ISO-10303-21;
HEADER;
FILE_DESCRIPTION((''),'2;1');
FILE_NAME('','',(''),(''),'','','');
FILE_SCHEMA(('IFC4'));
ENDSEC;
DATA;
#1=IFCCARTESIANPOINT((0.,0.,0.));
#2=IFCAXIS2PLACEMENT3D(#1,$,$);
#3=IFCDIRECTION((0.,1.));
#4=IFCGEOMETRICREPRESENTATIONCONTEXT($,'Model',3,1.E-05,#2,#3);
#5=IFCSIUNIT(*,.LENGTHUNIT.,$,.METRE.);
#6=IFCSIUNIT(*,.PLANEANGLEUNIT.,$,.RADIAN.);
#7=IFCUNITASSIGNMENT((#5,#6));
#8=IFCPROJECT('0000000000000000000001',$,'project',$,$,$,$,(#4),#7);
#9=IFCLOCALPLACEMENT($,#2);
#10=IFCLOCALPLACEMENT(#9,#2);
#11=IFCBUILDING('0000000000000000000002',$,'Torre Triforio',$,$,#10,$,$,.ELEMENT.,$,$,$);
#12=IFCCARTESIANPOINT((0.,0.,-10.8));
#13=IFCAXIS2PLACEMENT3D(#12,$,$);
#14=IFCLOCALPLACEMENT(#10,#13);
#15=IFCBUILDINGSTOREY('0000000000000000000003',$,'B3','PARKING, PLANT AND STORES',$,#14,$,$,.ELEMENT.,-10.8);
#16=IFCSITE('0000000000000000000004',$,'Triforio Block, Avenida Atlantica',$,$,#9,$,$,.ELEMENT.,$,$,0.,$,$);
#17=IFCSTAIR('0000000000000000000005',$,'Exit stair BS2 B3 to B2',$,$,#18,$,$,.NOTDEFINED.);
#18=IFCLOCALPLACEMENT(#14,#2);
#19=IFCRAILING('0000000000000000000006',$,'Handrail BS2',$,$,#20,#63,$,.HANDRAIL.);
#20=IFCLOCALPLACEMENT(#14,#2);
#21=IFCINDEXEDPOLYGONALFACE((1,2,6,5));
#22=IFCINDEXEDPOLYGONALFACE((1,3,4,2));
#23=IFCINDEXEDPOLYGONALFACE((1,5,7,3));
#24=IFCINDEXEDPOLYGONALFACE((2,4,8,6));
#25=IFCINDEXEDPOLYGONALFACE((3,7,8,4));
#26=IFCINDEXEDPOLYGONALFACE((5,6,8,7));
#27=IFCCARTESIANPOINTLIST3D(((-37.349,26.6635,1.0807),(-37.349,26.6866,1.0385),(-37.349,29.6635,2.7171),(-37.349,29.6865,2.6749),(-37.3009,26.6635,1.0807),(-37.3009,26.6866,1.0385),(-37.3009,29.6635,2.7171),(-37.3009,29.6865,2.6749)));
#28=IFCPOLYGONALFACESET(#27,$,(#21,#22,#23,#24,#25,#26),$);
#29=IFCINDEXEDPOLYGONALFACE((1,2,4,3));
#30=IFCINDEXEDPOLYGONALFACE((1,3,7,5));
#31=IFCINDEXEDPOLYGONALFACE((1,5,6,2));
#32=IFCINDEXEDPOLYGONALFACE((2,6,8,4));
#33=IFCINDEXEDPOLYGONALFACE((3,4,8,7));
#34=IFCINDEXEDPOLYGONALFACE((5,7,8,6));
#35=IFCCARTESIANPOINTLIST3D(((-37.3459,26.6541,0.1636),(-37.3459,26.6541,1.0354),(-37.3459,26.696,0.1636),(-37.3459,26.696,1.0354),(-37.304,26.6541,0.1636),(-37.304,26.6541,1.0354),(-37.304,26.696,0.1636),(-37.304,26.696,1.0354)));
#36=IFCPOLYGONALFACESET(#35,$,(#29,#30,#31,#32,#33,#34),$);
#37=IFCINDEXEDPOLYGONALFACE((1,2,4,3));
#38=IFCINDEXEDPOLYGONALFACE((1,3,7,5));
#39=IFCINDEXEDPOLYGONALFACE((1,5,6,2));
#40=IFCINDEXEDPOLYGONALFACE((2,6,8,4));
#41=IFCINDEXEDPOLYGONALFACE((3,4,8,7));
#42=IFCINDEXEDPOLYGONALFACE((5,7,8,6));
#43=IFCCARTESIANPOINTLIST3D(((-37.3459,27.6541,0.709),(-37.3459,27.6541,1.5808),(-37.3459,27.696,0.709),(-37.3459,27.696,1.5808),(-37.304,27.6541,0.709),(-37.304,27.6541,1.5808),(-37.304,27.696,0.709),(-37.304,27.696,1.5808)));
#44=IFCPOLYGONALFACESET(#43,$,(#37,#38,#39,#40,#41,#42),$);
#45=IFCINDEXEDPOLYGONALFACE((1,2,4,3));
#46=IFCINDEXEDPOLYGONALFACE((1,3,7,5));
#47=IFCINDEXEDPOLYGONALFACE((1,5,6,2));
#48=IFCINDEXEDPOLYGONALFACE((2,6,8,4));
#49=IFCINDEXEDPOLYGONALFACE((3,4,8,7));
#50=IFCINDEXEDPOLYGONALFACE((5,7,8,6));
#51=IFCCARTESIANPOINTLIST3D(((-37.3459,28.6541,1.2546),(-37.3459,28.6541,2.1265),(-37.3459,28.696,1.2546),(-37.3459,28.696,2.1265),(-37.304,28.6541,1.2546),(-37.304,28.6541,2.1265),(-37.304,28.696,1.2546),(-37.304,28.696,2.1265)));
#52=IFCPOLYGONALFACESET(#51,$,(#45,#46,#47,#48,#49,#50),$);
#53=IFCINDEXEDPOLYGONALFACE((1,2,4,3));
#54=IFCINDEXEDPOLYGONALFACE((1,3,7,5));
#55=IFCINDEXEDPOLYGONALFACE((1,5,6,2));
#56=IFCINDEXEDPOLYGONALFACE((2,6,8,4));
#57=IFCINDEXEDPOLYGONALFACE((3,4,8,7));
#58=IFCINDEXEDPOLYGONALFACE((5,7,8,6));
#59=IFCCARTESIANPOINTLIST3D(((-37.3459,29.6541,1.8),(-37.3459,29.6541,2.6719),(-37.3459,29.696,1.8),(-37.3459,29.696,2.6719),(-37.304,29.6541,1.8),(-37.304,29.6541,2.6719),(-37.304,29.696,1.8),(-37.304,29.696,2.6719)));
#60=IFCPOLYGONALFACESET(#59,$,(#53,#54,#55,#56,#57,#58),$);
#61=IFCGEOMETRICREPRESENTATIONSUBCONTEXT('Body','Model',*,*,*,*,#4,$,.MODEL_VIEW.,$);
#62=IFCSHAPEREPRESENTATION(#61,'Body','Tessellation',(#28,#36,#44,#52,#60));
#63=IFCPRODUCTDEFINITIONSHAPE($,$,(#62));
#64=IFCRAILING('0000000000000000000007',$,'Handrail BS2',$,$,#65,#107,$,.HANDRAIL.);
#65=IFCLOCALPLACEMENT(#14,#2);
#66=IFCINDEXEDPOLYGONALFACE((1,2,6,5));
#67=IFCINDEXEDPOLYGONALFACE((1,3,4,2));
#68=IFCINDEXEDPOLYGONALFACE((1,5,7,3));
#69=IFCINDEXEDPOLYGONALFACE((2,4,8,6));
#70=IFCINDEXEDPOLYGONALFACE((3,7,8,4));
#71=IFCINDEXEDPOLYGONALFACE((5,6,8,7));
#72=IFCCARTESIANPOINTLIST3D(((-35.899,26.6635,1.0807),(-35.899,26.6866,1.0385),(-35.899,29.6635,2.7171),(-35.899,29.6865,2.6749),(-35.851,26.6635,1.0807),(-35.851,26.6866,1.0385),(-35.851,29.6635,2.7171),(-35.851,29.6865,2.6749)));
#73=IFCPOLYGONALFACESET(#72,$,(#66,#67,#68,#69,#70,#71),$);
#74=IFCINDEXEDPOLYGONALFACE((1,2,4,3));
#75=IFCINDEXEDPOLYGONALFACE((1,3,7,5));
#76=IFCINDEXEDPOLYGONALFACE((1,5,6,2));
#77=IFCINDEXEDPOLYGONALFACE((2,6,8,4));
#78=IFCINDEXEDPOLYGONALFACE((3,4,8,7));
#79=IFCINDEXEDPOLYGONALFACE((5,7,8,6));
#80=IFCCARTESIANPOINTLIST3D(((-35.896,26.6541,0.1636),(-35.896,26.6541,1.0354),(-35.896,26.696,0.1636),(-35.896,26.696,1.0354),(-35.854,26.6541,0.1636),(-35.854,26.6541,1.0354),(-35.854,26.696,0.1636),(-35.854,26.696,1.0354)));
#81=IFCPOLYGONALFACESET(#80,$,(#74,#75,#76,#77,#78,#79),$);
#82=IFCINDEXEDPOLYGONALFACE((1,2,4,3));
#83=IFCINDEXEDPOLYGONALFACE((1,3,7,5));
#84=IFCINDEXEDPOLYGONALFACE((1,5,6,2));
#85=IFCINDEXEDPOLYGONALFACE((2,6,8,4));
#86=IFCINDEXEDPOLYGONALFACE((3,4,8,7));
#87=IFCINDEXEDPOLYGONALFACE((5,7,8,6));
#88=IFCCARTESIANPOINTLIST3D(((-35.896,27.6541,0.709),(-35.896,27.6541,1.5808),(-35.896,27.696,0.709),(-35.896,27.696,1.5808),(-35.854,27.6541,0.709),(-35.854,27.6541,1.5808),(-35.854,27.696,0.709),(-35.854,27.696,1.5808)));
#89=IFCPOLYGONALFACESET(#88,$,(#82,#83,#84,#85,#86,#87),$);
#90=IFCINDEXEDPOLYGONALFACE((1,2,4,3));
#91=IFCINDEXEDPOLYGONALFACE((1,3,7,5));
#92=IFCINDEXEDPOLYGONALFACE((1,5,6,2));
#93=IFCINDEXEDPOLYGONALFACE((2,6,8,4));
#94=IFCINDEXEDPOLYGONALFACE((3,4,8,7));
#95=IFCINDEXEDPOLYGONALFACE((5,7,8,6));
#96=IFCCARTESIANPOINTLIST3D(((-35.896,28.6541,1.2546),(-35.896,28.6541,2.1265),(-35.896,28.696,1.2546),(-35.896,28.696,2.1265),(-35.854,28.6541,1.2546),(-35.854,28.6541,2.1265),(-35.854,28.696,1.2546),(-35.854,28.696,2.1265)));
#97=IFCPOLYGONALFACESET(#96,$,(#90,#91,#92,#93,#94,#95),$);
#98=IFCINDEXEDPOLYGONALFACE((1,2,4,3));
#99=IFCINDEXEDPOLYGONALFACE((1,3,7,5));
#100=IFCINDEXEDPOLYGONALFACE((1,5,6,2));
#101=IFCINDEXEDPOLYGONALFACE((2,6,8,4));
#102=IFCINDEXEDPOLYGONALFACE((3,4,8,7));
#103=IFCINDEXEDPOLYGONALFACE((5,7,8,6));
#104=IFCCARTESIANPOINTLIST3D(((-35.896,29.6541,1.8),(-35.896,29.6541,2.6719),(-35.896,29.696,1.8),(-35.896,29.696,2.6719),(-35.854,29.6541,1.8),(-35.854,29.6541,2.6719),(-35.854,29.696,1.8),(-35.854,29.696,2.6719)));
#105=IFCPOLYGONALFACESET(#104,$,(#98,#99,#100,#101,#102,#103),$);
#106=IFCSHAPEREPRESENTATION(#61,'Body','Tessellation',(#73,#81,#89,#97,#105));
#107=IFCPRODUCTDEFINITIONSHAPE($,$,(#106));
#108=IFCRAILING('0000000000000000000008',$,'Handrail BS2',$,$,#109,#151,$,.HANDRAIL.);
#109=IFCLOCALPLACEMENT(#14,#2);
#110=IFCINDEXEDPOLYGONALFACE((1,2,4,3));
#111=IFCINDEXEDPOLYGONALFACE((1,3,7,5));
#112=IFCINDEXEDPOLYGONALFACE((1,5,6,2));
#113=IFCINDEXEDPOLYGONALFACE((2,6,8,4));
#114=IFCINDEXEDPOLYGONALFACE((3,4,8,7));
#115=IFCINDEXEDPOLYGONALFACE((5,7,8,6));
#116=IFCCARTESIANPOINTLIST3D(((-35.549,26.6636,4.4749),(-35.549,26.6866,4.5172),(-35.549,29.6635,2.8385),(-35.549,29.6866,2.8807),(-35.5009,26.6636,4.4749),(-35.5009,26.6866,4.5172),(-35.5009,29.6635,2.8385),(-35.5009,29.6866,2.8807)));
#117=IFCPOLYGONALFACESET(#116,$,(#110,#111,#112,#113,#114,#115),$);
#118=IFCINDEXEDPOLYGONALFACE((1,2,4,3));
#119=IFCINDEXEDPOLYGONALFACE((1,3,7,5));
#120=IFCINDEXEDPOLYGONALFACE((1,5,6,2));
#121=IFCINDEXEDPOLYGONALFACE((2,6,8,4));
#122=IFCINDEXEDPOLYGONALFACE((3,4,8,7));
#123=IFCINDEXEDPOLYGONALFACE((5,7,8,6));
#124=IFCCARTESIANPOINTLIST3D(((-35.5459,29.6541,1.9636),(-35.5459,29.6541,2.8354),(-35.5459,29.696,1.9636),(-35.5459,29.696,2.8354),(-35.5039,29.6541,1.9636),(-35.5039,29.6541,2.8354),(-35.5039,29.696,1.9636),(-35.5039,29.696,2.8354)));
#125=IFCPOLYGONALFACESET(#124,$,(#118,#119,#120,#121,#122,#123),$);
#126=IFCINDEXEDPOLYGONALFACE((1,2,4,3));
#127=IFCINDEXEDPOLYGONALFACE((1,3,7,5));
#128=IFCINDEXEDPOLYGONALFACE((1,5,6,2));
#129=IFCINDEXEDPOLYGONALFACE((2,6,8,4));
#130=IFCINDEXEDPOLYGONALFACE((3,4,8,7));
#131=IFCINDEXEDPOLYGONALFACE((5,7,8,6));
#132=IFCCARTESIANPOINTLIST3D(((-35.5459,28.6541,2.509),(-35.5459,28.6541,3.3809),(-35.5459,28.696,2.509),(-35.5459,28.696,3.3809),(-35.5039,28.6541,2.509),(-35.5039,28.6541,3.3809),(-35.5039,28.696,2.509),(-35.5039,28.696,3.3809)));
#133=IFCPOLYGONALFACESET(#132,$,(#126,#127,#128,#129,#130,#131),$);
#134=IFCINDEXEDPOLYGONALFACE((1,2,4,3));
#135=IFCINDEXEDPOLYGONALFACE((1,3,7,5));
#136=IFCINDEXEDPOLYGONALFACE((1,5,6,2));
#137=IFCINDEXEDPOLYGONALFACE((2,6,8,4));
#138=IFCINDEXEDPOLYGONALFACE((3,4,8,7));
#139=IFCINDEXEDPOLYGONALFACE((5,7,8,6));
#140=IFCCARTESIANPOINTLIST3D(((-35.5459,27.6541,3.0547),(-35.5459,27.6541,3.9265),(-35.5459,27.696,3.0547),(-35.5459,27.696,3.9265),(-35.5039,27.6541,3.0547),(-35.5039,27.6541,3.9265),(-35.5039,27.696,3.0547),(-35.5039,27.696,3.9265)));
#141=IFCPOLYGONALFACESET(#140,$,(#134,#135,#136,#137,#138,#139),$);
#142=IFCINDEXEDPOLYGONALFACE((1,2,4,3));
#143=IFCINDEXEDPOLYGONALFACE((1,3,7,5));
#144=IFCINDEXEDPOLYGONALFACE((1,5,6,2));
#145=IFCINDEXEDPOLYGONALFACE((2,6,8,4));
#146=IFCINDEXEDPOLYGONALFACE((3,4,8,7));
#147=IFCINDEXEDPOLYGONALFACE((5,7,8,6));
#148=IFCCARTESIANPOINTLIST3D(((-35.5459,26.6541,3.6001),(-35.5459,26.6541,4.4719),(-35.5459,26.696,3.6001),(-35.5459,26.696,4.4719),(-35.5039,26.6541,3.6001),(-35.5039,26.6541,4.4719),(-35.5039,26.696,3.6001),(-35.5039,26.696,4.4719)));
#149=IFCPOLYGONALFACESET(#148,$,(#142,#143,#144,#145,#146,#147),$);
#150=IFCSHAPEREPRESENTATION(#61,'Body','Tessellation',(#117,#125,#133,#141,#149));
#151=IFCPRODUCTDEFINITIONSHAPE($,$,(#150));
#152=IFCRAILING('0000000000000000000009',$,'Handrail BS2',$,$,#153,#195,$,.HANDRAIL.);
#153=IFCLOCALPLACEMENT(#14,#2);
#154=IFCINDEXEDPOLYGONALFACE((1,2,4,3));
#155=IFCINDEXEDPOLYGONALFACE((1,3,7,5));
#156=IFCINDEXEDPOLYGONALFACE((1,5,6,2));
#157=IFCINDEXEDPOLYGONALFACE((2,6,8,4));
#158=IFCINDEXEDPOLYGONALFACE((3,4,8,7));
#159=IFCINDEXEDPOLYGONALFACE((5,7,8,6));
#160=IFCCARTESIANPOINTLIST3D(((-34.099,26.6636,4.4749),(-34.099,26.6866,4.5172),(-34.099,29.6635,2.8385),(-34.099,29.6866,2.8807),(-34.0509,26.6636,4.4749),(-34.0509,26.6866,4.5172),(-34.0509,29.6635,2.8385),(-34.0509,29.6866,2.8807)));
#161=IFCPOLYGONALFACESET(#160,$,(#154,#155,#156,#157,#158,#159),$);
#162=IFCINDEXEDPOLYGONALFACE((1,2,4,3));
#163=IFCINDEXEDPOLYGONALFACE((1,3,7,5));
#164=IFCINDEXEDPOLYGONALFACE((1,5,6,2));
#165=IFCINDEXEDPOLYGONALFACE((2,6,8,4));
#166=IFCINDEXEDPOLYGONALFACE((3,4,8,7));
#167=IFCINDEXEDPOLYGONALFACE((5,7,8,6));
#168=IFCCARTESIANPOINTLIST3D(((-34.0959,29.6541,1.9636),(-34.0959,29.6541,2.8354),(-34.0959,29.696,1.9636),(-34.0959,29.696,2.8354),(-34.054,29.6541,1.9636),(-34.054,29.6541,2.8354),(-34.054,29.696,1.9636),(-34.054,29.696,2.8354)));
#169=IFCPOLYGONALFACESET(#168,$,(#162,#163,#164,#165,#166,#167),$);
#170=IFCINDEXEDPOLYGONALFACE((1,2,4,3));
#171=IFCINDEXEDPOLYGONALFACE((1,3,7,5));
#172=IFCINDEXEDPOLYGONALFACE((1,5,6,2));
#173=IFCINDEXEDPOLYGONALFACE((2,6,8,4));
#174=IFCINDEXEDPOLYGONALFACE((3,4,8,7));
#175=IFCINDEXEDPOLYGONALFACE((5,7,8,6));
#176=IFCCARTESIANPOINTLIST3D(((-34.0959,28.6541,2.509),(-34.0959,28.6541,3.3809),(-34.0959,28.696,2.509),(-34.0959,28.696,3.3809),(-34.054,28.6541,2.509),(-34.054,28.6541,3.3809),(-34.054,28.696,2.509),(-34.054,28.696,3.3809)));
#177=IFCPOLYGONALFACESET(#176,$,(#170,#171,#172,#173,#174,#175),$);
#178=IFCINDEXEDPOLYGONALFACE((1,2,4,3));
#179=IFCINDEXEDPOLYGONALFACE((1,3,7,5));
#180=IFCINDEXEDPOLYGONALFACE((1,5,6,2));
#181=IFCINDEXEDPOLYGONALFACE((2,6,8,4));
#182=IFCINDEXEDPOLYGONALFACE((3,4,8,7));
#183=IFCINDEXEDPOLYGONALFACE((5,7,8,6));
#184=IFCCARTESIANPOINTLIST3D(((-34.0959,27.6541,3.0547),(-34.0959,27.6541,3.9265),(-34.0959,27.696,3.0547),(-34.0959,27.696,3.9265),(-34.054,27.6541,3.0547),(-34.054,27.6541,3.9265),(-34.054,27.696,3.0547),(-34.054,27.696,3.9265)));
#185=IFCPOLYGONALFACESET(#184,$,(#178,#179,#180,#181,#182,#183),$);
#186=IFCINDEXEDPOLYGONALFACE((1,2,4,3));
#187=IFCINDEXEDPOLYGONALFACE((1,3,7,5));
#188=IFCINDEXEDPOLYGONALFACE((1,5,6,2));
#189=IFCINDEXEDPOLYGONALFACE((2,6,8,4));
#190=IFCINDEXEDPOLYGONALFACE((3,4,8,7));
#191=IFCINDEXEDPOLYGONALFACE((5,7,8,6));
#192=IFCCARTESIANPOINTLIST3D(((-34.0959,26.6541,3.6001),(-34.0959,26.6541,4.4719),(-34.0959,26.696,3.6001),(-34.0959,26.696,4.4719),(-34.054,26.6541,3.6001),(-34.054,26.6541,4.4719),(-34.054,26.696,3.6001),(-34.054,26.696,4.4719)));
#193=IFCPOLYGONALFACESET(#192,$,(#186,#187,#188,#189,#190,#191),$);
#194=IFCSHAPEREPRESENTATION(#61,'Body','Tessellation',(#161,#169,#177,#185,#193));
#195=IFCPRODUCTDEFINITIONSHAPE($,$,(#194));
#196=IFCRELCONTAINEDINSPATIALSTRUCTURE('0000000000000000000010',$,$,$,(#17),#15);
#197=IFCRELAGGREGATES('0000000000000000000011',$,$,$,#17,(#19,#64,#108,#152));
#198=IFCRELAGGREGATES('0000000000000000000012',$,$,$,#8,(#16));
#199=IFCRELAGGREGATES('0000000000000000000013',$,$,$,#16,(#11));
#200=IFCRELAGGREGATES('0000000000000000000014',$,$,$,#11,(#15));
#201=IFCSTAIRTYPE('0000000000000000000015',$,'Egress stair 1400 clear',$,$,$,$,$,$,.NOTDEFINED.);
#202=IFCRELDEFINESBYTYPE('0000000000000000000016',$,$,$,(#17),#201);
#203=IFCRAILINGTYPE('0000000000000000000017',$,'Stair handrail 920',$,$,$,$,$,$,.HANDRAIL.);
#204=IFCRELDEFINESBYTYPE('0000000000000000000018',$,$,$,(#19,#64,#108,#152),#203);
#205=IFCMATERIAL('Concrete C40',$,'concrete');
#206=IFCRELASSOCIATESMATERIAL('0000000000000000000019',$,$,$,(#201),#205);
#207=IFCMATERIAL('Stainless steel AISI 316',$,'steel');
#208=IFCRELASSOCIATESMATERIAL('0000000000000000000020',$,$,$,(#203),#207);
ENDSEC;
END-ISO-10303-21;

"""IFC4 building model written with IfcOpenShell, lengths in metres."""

from ifc_helpers import new_model, si_unit, direction, frame, origin, origin_2d, place, context, subcontext, project, spatial, rectangle, extrude, material, type_object, element, aggregate, save


model = new_model("IFC4")

# Units and contexts
model_context = context("Model", 3, precision=1e-05, world=origin(), true_north=direction((0.0, 1.0)))
body_context = subcontext(model_context, "Body", "Model", "MODEL_VIEW")
ifc_project = project(units=[si_unit("LENGTHUNIT", "METRE"), si_unit("PLANEANGLEUNIT", "RADIAN")], contexts=[model_context])

# Site, building, storey
site_placement = place(None, origin())
site = spatial("IfcSite", under=ifc_project, at=site_placement, Name="Triforio Block, Avenida Atlantica", CompositionType="ELEMENT", RefElevation=0.0)
building_placement = place(site_placement, origin())
building = spatial("IfcBuilding", under=site, at=building_placement, Name="Torre Triforio", CompositionType="ELEMENT")
storey_placement = place(building_placement, frame((0.0, 0.0, -10.8)))
storey = spatial("IfcBuildingStorey", under=building, at=storey_placement, Name="B3", Description="PARKING, PLANT AND STORES", CompositionType="ELEMENT", Elevation=-10.8)

# Shared definitions
ifc_material_1 = material(Name="Concrete C40", Category="concrete")

# Stair, railings
stair_type = type_object("IfcStairType", Name="Egress stair 1400 clear", PredefinedType="NOTDEFINED", material=ifc_material_1)
stair_placement = place(storey_placement, origin())
stair = element("IfcStair", 1, at=stair_placement, inside=storey, type_object=stair_type, Name="Exit stair BS2 B3 to B2", PredefinedType="NOTDEFINED")
ifc_material_2 = material(Name="Stainless steel AISI 316", Category="steel")
railing_type = type_object("IfcRailingType", Name="Stair handrail 920", PredefinedType="HANDRAIL", material=ifc_material_2)
railing_1_placement = place(storey_placement, frame((-37.325, 26.675, 0.1636)))
railing_1 = element("IfcRailing", 2, at=railing_1_placement, type_object=railing_type, Name="Handrail BS2", PredefinedType="HANDRAIL", context=body_context, shape_type="SweptSolid", body=[
    extrude(rectangle(XDim=0.0481, YDim=0.0481, at=origin_2d()), frame((0.0, 0.0, 0.896), z_axis=(0.0, 0.877882, 0.478877), x_axis=(-1.0, 0.0, 0.0)), (0.0, 0.0, 1.0), 3.4172),
    extrude(rectangle(XDim=0.042, YDim=0.042, at=origin_2d()), origin(), (0.0, 0.0, 1.0), 0.8718),
    extrude(rectangle(XDim=0.042, YDim=0.042, at=origin_2d()), frame((0.0, 1.0, 0.5454)), (0.0, 0.0, 1.0), 0.8718),
    extrude(rectangle(XDim=0.042, YDim=0.042, at=origin_2d()), frame((0.0, 2.0, 1.0911)), (0.0, 0.0, 1.0), 0.8718),
    extrude(rectangle(XDim=0.042, YDim=0.042, at=origin_2d()), frame((0.0, 3.0, 1.6365)), (0.0, 0.0, 1.0), 0.8718),
])
railing_2_placement = place(storey_placement, frame((-35.875, 26.675, 0.1636)))
railing_2 = element("IfcRailing", 3, at=railing_2_placement, type_object=railing_type, Name="Handrail BS2", PredefinedType="HANDRAIL", context=body_context, shape_type="SweptSolid", body=[
    extrude(rectangle(XDim=0.0481, YDim=0.0481, at=origin_2d()), frame((0.0, 0.0, 0.896), z_axis=(0.0, 0.877882, 0.478877), x_axis=(-1.0, 0.0, 0.0)), (0.0, 0.0, 1.0), 3.4172),
    extrude(rectangle(XDim=0.042, YDim=0.042, at=origin_2d()), origin(), (0.0, 0.0, 1.0), 0.8718),
    extrude(rectangle(XDim=0.042, YDim=0.042, at=origin_2d()), frame((0.0, 1.0, 0.5454)), (0.0, 0.0, 1.0), 0.8718),
    extrude(rectangle(XDim=0.042, YDim=0.042, at=origin_2d()), frame((0.0, 2.0, 1.0911)), (0.0, 0.0, 1.0), 0.8718),
    extrude(rectangle(XDim=0.042, YDim=0.042, at=origin_2d()), frame((0.0, 3.0, 1.6365)), (0.0, 0.0, 1.0), 0.8718),
])
railing_3_placement = place(storey_placement, frame((-35.5249, 29.675, 1.9636)))
railing_3 = element("IfcRailing", 4, at=railing_3_placement, type_object=railing_type, Name="Handrail BS2", PredefinedType="HANDRAIL", context=body_context, shape_type="SweptSolid", body=[
    extrude(rectangle(XDim=0.0481, YDim=0.0481, at=origin_2d()), frame((0.0, 0.0, 0.896), z_axis=(0.0, -0.877882, 0.478877), x_axis=(1.0, 0.0, 0.0)), (0.0, 0.0, 1.0), 3.4172),
    extrude(rectangle(XDim=0.042, YDim=0.042, at=origin_2d()), origin(), (0.0, 0.0, 1.0), 0.8718),
    extrude(rectangle(XDim=0.042, YDim=0.042, at=origin_2d()), frame((0.0, -1.0, 0.5454)), (0.0, 0.0, 1.0), 0.8718),
    extrude(rectangle(XDim=0.042, YDim=0.042, at=origin_2d()), frame((0.0, -2.0, 1.0911)), (0.0, 0.0, 1.0), 0.8718),
    extrude(rectangle(XDim=0.042, YDim=0.042, at=origin_2d()), frame((0.0, -3.0, 1.6365)), (0.0, 0.0, 1.0), 0.8718),
])
railing_4_placement = place(storey_placement, frame((-34.075, 29.675, 1.9636)))
railing_4 = element("IfcRailing", 5, at=railing_4_placement, type_object=railing_type, Name="Handrail BS2", PredefinedType="HANDRAIL", context=body_context, shape_type="SweptSolid", body=[
    extrude(rectangle(XDim=0.0481, YDim=0.0481, at=origin_2d()), frame((0.0, 0.0, 0.896), z_axis=(0.0, -0.877882, 0.478877), x_axis=(1.0, 0.0, 0.0)), (0.0, 0.0, 1.0), 3.4172),
    extrude(rectangle(XDim=0.042, YDim=0.042, at=origin_2d()), origin(), (0.0, 0.0, 1.0), 0.8718),
    extrude(rectangle(XDim=0.042, YDim=0.042, at=origin_2d()), frame((0.0, -1.0, 0.5454)), (0.0, 0.0, 1.0), 0.8718),
    extrude(rectangle(XDim=0.042, YDim=0.042, at=origin_2d()), frame((0.0, -2.0, 1.0911)), (0.0, 0.0, 1.0), 0.8718),
    extrude(rectangle(XDim=0.042, YDim=0.042, at=origin_2d()), frame((0.0, -3.0, 1.6365)), (0.0, 0.0, 1.0), 0.8718),
])
aggregate(stair, [railing_1, railing_2, railing_3, railing_4])

save(model, "model.ifc")
